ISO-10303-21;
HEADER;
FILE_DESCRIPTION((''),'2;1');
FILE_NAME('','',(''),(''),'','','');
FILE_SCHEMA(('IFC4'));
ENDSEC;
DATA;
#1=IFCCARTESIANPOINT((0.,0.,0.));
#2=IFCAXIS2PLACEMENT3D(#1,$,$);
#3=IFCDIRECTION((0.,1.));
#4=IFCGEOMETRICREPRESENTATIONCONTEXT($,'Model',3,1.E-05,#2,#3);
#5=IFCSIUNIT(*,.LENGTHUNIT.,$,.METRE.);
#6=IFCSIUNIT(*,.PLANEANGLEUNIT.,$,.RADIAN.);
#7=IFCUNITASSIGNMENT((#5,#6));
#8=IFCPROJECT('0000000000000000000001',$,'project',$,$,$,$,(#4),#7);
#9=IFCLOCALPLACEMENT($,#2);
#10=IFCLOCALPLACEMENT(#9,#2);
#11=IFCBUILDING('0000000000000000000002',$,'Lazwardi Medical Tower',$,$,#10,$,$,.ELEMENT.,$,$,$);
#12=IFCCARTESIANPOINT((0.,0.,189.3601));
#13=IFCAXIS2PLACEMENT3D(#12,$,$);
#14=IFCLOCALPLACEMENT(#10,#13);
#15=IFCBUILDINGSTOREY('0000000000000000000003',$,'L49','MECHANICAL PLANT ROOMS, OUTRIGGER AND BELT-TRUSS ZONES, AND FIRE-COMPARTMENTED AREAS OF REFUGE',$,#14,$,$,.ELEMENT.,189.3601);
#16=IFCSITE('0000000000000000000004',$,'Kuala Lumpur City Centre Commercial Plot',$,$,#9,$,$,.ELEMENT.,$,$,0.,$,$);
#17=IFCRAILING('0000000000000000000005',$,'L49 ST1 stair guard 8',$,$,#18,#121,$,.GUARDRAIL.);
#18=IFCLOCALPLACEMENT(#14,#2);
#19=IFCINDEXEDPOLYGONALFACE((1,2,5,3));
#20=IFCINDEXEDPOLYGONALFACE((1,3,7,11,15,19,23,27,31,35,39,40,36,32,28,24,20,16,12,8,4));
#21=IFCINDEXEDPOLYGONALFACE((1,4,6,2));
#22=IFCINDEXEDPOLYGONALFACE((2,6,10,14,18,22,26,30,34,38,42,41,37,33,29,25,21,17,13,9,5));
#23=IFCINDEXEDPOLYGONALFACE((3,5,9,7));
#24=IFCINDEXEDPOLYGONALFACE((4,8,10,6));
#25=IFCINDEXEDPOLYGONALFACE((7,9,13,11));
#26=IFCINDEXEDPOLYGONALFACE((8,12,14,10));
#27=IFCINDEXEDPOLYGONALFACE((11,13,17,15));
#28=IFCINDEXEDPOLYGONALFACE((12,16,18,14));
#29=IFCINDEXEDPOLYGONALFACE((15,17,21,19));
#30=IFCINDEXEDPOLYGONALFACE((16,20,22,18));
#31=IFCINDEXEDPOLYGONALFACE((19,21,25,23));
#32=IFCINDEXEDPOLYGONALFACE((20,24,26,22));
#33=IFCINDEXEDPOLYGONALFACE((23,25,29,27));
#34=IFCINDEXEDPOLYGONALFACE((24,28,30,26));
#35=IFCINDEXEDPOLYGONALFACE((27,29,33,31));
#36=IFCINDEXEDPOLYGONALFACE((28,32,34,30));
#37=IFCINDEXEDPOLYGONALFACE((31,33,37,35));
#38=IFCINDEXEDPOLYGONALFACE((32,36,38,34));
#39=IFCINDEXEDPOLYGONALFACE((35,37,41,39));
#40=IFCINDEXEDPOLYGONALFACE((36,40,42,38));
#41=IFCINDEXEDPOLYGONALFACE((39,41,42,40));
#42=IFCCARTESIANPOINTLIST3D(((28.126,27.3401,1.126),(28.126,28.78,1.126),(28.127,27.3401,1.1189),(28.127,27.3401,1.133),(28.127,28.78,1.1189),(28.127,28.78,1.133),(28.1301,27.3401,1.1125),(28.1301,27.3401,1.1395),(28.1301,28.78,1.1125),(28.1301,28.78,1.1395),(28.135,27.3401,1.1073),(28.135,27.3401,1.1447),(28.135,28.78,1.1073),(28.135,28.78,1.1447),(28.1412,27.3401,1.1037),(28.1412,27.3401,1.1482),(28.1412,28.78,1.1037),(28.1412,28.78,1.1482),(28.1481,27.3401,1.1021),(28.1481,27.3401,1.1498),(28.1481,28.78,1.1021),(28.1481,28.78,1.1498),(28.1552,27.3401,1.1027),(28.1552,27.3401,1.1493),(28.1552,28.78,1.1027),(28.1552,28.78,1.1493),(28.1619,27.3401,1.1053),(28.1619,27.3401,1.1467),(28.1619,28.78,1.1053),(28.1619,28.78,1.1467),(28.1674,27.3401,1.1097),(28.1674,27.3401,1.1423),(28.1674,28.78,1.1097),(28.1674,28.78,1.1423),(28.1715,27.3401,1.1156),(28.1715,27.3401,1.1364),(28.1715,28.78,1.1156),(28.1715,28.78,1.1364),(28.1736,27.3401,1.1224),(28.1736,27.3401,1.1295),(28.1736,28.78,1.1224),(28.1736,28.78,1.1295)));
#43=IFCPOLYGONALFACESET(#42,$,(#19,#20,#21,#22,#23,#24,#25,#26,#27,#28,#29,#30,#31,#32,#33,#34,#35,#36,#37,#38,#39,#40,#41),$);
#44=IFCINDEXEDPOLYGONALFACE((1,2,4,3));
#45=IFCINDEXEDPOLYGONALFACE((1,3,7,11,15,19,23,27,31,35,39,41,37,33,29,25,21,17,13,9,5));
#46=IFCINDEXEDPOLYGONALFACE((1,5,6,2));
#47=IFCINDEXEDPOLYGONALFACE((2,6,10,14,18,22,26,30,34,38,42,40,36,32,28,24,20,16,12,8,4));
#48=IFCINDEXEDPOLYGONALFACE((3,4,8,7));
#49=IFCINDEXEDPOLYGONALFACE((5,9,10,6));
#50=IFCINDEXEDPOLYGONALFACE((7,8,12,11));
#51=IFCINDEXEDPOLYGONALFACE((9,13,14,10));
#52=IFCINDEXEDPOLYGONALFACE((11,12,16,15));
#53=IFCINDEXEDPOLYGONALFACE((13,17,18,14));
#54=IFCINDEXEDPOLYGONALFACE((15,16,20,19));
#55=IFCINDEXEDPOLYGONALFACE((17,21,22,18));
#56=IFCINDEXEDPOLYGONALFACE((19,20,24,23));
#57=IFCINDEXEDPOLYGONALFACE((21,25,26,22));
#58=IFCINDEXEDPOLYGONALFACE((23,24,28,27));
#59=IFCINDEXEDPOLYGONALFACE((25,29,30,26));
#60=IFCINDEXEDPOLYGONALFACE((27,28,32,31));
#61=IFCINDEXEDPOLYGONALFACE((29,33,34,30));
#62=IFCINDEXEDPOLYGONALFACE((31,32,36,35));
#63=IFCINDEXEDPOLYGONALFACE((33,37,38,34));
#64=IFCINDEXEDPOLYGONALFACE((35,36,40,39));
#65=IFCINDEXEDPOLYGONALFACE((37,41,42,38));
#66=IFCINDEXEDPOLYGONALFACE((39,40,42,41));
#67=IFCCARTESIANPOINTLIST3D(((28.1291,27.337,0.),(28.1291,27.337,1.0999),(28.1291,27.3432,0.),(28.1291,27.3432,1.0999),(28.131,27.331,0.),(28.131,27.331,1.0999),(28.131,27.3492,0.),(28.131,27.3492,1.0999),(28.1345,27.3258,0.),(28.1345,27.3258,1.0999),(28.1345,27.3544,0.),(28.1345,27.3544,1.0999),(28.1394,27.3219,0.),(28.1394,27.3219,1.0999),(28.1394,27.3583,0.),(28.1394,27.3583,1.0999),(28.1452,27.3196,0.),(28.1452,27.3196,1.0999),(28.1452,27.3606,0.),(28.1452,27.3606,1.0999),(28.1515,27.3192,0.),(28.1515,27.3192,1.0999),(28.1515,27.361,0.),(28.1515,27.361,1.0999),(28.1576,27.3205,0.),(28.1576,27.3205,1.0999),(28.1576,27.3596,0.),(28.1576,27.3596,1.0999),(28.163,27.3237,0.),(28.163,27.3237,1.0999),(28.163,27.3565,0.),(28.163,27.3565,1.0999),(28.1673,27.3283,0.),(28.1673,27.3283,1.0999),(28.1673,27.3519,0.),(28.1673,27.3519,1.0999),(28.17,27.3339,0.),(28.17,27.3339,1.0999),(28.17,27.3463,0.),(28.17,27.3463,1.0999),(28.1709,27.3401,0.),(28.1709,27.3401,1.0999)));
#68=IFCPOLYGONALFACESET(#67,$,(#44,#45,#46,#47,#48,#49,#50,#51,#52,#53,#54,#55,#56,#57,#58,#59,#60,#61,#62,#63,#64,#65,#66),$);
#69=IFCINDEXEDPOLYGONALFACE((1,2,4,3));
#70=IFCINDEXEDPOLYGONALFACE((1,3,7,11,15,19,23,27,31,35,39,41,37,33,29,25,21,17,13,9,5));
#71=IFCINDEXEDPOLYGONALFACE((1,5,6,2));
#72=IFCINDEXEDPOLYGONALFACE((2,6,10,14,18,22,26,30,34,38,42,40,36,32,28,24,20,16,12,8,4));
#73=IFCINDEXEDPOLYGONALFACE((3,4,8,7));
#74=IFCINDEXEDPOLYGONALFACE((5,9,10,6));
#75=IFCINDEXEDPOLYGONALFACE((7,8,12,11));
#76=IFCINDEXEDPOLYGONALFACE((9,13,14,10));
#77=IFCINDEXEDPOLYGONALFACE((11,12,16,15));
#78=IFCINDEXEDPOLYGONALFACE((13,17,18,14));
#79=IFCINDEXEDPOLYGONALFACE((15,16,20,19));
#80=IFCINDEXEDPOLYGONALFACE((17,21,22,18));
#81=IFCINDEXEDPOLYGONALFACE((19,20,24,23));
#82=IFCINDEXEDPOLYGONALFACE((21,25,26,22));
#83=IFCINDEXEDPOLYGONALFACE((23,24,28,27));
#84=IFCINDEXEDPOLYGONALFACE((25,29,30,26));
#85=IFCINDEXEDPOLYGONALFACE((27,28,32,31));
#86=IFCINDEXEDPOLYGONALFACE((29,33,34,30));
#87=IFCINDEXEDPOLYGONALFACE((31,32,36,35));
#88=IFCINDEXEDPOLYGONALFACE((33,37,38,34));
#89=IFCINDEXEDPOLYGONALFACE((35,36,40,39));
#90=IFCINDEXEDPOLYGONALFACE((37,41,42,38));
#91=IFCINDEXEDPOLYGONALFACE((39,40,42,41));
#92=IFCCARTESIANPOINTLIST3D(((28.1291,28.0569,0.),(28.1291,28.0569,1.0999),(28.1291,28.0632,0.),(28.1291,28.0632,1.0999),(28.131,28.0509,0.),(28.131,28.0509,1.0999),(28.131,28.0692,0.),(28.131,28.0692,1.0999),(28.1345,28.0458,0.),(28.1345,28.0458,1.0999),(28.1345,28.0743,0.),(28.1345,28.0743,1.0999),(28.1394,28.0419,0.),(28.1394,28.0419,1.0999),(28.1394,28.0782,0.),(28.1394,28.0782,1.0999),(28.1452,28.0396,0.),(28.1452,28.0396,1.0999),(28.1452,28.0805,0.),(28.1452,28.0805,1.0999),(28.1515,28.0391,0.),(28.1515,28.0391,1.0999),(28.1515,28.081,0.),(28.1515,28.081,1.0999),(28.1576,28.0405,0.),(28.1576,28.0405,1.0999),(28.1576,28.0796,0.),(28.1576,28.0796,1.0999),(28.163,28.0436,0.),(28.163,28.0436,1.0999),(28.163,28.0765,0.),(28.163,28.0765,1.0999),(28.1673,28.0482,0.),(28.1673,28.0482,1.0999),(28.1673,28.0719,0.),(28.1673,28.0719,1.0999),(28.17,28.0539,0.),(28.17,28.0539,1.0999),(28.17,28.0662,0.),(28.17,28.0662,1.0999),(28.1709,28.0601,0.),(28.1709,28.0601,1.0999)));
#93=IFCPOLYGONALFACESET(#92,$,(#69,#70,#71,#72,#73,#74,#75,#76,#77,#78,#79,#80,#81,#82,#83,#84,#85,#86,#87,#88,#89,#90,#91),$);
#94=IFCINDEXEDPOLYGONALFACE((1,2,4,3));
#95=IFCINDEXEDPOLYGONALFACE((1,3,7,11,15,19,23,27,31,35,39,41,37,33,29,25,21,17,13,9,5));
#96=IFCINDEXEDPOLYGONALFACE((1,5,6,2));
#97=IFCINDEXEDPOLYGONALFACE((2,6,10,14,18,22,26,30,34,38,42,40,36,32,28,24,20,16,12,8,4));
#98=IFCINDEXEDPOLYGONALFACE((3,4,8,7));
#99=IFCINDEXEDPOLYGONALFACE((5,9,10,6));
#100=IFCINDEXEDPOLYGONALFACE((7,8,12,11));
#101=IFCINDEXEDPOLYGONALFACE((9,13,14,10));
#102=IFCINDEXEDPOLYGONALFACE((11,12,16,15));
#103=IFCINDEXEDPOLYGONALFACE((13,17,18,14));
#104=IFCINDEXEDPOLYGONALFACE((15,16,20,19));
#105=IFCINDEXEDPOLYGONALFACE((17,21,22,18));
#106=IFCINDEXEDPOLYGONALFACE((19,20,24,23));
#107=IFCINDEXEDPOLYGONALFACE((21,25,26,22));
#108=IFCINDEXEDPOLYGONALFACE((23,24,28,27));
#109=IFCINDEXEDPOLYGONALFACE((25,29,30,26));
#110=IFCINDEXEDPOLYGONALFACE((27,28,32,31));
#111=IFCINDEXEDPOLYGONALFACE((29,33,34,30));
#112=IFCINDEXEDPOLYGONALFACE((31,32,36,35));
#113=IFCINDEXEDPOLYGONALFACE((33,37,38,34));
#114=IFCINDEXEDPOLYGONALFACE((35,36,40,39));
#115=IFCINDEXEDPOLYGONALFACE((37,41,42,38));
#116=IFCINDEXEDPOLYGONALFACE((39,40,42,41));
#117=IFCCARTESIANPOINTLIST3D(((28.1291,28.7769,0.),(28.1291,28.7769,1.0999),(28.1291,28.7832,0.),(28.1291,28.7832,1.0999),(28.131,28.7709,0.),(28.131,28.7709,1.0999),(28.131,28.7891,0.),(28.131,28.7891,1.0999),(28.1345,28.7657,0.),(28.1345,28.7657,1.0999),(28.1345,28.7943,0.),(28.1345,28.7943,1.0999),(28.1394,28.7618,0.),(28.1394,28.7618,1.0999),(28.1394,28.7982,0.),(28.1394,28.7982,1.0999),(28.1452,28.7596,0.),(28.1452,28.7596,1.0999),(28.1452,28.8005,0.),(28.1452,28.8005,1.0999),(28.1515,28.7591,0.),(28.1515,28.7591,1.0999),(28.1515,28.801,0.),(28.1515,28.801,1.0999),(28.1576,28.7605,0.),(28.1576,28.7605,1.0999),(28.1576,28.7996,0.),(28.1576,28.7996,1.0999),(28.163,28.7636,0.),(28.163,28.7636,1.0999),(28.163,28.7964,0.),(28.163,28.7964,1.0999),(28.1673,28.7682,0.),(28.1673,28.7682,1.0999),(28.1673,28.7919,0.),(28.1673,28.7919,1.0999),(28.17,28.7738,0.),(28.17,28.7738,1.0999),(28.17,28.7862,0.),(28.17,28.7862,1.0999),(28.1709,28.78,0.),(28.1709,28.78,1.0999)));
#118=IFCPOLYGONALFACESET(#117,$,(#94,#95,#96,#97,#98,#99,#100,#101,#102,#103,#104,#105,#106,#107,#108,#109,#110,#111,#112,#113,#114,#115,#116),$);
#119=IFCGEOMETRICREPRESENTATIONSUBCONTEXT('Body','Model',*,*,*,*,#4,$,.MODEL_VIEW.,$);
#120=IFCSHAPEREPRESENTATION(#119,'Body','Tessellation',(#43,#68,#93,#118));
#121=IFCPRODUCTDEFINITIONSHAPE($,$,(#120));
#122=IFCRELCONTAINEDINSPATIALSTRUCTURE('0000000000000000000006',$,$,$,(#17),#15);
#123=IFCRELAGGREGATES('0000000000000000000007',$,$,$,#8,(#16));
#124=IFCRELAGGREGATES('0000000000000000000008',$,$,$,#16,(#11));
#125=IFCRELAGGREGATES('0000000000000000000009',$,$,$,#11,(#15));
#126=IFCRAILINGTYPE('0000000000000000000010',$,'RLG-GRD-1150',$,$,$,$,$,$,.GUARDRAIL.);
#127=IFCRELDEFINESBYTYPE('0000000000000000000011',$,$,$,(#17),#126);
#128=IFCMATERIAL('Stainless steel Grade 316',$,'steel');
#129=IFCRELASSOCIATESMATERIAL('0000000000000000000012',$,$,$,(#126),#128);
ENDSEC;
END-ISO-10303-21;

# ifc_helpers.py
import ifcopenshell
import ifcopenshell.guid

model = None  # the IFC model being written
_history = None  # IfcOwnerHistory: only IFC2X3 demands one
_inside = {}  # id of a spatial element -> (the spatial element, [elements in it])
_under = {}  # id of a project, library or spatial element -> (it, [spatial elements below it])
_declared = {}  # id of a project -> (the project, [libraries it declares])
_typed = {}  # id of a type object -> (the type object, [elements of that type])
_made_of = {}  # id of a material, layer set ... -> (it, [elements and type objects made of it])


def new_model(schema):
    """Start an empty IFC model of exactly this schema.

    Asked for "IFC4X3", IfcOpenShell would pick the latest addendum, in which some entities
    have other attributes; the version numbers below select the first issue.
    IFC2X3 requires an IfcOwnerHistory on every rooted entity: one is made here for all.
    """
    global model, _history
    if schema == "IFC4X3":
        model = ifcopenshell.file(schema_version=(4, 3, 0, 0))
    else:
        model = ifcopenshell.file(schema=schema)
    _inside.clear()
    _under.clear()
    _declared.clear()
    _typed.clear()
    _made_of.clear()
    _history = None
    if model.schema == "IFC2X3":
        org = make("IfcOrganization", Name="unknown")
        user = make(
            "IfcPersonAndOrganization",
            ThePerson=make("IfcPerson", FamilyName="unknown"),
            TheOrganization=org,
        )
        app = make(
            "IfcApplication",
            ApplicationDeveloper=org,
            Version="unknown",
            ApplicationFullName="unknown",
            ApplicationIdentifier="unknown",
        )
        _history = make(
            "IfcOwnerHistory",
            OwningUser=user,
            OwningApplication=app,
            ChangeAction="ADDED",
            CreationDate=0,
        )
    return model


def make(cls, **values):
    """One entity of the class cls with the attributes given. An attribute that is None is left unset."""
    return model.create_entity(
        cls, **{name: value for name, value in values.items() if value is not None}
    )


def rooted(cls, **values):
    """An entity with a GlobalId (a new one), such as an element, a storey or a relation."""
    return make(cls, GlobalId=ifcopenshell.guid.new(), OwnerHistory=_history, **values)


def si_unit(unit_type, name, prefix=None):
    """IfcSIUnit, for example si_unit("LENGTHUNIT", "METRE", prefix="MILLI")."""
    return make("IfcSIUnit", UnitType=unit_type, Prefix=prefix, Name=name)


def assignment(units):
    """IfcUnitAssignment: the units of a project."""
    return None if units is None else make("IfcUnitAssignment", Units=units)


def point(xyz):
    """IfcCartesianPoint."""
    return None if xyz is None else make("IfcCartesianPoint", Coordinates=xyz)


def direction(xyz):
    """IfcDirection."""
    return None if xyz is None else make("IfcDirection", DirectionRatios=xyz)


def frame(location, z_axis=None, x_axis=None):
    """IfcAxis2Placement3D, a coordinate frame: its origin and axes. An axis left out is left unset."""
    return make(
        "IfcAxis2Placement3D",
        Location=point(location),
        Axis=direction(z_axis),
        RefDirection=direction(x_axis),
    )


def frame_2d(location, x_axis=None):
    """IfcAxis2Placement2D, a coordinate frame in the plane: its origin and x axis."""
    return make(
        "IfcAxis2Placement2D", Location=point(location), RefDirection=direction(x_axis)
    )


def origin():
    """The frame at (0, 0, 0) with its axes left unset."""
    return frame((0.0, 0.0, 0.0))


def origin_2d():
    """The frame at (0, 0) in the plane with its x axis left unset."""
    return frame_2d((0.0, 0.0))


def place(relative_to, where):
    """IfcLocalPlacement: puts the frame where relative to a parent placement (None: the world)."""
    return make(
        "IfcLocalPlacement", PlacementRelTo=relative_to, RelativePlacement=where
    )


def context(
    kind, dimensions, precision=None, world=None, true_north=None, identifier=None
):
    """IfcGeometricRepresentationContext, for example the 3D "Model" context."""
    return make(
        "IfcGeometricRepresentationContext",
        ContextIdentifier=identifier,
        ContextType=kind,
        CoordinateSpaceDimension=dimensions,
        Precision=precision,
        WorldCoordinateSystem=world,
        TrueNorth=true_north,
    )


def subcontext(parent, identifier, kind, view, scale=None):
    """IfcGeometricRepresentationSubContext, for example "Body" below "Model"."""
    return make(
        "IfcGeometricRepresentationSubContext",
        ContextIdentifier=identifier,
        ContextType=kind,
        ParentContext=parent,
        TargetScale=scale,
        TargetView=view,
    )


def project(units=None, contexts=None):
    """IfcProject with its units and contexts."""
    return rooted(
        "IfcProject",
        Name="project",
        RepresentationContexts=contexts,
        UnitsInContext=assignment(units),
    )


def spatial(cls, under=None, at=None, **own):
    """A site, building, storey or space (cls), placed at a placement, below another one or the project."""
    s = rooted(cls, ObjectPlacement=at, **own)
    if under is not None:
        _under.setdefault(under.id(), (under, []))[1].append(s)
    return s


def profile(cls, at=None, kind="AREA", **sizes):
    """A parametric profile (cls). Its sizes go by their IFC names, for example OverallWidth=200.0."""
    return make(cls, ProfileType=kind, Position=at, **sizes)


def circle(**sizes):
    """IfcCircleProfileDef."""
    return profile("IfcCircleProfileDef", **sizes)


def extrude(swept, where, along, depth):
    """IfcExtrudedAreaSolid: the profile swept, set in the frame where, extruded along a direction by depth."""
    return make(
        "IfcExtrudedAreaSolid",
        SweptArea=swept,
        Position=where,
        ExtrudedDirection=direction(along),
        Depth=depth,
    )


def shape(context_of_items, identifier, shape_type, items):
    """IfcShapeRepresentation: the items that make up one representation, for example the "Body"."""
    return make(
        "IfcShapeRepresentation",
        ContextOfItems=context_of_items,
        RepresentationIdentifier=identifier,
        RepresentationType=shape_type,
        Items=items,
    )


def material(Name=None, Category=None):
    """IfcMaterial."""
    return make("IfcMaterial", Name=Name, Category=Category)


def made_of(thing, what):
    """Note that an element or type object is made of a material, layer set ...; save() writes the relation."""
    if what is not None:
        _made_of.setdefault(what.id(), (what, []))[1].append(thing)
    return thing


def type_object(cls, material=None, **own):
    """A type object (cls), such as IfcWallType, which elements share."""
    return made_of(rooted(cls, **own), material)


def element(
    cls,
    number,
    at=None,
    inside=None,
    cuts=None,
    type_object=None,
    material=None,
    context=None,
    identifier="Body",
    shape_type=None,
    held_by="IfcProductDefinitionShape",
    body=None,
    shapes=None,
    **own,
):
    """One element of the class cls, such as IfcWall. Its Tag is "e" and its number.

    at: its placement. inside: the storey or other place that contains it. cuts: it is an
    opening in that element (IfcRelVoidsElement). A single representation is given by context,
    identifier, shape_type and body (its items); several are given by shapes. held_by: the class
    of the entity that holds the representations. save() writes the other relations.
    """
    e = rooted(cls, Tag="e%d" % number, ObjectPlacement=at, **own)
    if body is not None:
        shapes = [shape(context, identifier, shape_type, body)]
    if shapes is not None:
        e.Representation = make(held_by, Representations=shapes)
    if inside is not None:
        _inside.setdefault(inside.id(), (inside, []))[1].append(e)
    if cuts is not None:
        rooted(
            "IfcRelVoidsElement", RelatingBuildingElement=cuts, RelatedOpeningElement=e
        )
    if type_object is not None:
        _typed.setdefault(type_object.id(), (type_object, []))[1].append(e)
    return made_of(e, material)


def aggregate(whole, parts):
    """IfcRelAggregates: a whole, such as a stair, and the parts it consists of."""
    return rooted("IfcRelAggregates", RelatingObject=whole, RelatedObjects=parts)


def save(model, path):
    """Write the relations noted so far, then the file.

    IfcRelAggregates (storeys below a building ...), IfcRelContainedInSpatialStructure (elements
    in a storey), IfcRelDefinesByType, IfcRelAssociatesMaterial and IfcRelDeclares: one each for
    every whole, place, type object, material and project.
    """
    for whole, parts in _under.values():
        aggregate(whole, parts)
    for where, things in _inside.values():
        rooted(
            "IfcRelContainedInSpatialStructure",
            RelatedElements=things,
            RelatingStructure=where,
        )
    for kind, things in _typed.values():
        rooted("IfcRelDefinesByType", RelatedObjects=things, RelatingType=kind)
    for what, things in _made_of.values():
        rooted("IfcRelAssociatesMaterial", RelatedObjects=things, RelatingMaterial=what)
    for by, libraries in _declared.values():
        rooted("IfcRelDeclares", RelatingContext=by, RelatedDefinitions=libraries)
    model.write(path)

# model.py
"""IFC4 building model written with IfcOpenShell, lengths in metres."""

from ifc_helpers import new_model, si_unit, direction, frame, origin, origin_2d, place, context, subcontext, project, spatial, circle, extrude, material, type_object, element, save


model = new_model("IFC4")

# Units and contexts
model_context = context("Model", 3, precision=1e-05, world=origin(), true_north=direction((0.0, 1.0)))
body_context = subcontext(model_context, "Body", "Model", "MODEL_VIEW")
ifc_project = project(units=[si_unit("LENGTHUNIT", "METRE"), si_unit("PLANEANGLEUNIT", "RADIAN")], contexts=[model_context])

# Site, building, storey
site_placement = place(None, origin())
site = spatial("IfcSite", under=ifc_project, at=site_placement, Name="Kuala Lumpur City Centre Commercial Plot", CompositionType="ELEMENT", RefElevation=0.0)
building_placement = place(site_placement, origin())
building = spatial("IfcBuilding", under=site, at=building_placement, Name="Lazwardi Medical Tower", CompositionType="ELEMENT")
storey_placement = place(building_placement, frame((0.0, 0.0, 189.3601)))
storey = spatial("IfcBuildingStorey", under=building, at=storey_placement, Name="L49", Description="MECHANICAL PLANT ROOMS, OUTRIGGER AND BELT-TRUSS ZONES, AND FIRE-COMPARTMENTED AREAS OF REFUGE", CompositionType="ELEMENT", Elevation=189.3601)

# Railing
ifc_material_1 = material(Name="Stainless steel Grade 316", Category="steel")
railing_type_1 = type_object("IfcRailingType", Name="RLG-GRD-1150", PredefinedType="GUARDRAIL", material=ifc_material_1)
railing_1_placement = place(storey_placement, frame((28.1499, 27.3401, 0.0)))
element("IfcRailing", 1, at=railing_1_placement, inside=storey, type_object=railing_type_1, Name="L49 ST1 stair guard 8", PredefinedType="GUARDRAIL", context=body_context, shape_type="SweptSolid", body=[
    extrude(circle(Radius=0.0239, at=origin_2d()), frame((0.0, 0.0, 1.126), z_axis=(0.0, 1.0, 0.0), x_axis=(-1.0, 0.0, 0.0)), (0.0, 0.0, 1.0), 1.4399),
    extrude(circle(Radius=0.021, at=origin_2d()), origin(), (0.0, 0.0, 1.0), 1.0999),
    extrude(circle(Radius=0.021, at=origin_2d()), frame((0.0, 0.72, 0.0)), (0.0, 0.0, 1.0), 1.0999),
    extrude(circle(Radius=0.021, at=origin_2d()), frame((0.0, 1.4399, 0.0)), (0.0, 0.0, 1.0), 1.0999),
])

save(model, "model.ifc")
